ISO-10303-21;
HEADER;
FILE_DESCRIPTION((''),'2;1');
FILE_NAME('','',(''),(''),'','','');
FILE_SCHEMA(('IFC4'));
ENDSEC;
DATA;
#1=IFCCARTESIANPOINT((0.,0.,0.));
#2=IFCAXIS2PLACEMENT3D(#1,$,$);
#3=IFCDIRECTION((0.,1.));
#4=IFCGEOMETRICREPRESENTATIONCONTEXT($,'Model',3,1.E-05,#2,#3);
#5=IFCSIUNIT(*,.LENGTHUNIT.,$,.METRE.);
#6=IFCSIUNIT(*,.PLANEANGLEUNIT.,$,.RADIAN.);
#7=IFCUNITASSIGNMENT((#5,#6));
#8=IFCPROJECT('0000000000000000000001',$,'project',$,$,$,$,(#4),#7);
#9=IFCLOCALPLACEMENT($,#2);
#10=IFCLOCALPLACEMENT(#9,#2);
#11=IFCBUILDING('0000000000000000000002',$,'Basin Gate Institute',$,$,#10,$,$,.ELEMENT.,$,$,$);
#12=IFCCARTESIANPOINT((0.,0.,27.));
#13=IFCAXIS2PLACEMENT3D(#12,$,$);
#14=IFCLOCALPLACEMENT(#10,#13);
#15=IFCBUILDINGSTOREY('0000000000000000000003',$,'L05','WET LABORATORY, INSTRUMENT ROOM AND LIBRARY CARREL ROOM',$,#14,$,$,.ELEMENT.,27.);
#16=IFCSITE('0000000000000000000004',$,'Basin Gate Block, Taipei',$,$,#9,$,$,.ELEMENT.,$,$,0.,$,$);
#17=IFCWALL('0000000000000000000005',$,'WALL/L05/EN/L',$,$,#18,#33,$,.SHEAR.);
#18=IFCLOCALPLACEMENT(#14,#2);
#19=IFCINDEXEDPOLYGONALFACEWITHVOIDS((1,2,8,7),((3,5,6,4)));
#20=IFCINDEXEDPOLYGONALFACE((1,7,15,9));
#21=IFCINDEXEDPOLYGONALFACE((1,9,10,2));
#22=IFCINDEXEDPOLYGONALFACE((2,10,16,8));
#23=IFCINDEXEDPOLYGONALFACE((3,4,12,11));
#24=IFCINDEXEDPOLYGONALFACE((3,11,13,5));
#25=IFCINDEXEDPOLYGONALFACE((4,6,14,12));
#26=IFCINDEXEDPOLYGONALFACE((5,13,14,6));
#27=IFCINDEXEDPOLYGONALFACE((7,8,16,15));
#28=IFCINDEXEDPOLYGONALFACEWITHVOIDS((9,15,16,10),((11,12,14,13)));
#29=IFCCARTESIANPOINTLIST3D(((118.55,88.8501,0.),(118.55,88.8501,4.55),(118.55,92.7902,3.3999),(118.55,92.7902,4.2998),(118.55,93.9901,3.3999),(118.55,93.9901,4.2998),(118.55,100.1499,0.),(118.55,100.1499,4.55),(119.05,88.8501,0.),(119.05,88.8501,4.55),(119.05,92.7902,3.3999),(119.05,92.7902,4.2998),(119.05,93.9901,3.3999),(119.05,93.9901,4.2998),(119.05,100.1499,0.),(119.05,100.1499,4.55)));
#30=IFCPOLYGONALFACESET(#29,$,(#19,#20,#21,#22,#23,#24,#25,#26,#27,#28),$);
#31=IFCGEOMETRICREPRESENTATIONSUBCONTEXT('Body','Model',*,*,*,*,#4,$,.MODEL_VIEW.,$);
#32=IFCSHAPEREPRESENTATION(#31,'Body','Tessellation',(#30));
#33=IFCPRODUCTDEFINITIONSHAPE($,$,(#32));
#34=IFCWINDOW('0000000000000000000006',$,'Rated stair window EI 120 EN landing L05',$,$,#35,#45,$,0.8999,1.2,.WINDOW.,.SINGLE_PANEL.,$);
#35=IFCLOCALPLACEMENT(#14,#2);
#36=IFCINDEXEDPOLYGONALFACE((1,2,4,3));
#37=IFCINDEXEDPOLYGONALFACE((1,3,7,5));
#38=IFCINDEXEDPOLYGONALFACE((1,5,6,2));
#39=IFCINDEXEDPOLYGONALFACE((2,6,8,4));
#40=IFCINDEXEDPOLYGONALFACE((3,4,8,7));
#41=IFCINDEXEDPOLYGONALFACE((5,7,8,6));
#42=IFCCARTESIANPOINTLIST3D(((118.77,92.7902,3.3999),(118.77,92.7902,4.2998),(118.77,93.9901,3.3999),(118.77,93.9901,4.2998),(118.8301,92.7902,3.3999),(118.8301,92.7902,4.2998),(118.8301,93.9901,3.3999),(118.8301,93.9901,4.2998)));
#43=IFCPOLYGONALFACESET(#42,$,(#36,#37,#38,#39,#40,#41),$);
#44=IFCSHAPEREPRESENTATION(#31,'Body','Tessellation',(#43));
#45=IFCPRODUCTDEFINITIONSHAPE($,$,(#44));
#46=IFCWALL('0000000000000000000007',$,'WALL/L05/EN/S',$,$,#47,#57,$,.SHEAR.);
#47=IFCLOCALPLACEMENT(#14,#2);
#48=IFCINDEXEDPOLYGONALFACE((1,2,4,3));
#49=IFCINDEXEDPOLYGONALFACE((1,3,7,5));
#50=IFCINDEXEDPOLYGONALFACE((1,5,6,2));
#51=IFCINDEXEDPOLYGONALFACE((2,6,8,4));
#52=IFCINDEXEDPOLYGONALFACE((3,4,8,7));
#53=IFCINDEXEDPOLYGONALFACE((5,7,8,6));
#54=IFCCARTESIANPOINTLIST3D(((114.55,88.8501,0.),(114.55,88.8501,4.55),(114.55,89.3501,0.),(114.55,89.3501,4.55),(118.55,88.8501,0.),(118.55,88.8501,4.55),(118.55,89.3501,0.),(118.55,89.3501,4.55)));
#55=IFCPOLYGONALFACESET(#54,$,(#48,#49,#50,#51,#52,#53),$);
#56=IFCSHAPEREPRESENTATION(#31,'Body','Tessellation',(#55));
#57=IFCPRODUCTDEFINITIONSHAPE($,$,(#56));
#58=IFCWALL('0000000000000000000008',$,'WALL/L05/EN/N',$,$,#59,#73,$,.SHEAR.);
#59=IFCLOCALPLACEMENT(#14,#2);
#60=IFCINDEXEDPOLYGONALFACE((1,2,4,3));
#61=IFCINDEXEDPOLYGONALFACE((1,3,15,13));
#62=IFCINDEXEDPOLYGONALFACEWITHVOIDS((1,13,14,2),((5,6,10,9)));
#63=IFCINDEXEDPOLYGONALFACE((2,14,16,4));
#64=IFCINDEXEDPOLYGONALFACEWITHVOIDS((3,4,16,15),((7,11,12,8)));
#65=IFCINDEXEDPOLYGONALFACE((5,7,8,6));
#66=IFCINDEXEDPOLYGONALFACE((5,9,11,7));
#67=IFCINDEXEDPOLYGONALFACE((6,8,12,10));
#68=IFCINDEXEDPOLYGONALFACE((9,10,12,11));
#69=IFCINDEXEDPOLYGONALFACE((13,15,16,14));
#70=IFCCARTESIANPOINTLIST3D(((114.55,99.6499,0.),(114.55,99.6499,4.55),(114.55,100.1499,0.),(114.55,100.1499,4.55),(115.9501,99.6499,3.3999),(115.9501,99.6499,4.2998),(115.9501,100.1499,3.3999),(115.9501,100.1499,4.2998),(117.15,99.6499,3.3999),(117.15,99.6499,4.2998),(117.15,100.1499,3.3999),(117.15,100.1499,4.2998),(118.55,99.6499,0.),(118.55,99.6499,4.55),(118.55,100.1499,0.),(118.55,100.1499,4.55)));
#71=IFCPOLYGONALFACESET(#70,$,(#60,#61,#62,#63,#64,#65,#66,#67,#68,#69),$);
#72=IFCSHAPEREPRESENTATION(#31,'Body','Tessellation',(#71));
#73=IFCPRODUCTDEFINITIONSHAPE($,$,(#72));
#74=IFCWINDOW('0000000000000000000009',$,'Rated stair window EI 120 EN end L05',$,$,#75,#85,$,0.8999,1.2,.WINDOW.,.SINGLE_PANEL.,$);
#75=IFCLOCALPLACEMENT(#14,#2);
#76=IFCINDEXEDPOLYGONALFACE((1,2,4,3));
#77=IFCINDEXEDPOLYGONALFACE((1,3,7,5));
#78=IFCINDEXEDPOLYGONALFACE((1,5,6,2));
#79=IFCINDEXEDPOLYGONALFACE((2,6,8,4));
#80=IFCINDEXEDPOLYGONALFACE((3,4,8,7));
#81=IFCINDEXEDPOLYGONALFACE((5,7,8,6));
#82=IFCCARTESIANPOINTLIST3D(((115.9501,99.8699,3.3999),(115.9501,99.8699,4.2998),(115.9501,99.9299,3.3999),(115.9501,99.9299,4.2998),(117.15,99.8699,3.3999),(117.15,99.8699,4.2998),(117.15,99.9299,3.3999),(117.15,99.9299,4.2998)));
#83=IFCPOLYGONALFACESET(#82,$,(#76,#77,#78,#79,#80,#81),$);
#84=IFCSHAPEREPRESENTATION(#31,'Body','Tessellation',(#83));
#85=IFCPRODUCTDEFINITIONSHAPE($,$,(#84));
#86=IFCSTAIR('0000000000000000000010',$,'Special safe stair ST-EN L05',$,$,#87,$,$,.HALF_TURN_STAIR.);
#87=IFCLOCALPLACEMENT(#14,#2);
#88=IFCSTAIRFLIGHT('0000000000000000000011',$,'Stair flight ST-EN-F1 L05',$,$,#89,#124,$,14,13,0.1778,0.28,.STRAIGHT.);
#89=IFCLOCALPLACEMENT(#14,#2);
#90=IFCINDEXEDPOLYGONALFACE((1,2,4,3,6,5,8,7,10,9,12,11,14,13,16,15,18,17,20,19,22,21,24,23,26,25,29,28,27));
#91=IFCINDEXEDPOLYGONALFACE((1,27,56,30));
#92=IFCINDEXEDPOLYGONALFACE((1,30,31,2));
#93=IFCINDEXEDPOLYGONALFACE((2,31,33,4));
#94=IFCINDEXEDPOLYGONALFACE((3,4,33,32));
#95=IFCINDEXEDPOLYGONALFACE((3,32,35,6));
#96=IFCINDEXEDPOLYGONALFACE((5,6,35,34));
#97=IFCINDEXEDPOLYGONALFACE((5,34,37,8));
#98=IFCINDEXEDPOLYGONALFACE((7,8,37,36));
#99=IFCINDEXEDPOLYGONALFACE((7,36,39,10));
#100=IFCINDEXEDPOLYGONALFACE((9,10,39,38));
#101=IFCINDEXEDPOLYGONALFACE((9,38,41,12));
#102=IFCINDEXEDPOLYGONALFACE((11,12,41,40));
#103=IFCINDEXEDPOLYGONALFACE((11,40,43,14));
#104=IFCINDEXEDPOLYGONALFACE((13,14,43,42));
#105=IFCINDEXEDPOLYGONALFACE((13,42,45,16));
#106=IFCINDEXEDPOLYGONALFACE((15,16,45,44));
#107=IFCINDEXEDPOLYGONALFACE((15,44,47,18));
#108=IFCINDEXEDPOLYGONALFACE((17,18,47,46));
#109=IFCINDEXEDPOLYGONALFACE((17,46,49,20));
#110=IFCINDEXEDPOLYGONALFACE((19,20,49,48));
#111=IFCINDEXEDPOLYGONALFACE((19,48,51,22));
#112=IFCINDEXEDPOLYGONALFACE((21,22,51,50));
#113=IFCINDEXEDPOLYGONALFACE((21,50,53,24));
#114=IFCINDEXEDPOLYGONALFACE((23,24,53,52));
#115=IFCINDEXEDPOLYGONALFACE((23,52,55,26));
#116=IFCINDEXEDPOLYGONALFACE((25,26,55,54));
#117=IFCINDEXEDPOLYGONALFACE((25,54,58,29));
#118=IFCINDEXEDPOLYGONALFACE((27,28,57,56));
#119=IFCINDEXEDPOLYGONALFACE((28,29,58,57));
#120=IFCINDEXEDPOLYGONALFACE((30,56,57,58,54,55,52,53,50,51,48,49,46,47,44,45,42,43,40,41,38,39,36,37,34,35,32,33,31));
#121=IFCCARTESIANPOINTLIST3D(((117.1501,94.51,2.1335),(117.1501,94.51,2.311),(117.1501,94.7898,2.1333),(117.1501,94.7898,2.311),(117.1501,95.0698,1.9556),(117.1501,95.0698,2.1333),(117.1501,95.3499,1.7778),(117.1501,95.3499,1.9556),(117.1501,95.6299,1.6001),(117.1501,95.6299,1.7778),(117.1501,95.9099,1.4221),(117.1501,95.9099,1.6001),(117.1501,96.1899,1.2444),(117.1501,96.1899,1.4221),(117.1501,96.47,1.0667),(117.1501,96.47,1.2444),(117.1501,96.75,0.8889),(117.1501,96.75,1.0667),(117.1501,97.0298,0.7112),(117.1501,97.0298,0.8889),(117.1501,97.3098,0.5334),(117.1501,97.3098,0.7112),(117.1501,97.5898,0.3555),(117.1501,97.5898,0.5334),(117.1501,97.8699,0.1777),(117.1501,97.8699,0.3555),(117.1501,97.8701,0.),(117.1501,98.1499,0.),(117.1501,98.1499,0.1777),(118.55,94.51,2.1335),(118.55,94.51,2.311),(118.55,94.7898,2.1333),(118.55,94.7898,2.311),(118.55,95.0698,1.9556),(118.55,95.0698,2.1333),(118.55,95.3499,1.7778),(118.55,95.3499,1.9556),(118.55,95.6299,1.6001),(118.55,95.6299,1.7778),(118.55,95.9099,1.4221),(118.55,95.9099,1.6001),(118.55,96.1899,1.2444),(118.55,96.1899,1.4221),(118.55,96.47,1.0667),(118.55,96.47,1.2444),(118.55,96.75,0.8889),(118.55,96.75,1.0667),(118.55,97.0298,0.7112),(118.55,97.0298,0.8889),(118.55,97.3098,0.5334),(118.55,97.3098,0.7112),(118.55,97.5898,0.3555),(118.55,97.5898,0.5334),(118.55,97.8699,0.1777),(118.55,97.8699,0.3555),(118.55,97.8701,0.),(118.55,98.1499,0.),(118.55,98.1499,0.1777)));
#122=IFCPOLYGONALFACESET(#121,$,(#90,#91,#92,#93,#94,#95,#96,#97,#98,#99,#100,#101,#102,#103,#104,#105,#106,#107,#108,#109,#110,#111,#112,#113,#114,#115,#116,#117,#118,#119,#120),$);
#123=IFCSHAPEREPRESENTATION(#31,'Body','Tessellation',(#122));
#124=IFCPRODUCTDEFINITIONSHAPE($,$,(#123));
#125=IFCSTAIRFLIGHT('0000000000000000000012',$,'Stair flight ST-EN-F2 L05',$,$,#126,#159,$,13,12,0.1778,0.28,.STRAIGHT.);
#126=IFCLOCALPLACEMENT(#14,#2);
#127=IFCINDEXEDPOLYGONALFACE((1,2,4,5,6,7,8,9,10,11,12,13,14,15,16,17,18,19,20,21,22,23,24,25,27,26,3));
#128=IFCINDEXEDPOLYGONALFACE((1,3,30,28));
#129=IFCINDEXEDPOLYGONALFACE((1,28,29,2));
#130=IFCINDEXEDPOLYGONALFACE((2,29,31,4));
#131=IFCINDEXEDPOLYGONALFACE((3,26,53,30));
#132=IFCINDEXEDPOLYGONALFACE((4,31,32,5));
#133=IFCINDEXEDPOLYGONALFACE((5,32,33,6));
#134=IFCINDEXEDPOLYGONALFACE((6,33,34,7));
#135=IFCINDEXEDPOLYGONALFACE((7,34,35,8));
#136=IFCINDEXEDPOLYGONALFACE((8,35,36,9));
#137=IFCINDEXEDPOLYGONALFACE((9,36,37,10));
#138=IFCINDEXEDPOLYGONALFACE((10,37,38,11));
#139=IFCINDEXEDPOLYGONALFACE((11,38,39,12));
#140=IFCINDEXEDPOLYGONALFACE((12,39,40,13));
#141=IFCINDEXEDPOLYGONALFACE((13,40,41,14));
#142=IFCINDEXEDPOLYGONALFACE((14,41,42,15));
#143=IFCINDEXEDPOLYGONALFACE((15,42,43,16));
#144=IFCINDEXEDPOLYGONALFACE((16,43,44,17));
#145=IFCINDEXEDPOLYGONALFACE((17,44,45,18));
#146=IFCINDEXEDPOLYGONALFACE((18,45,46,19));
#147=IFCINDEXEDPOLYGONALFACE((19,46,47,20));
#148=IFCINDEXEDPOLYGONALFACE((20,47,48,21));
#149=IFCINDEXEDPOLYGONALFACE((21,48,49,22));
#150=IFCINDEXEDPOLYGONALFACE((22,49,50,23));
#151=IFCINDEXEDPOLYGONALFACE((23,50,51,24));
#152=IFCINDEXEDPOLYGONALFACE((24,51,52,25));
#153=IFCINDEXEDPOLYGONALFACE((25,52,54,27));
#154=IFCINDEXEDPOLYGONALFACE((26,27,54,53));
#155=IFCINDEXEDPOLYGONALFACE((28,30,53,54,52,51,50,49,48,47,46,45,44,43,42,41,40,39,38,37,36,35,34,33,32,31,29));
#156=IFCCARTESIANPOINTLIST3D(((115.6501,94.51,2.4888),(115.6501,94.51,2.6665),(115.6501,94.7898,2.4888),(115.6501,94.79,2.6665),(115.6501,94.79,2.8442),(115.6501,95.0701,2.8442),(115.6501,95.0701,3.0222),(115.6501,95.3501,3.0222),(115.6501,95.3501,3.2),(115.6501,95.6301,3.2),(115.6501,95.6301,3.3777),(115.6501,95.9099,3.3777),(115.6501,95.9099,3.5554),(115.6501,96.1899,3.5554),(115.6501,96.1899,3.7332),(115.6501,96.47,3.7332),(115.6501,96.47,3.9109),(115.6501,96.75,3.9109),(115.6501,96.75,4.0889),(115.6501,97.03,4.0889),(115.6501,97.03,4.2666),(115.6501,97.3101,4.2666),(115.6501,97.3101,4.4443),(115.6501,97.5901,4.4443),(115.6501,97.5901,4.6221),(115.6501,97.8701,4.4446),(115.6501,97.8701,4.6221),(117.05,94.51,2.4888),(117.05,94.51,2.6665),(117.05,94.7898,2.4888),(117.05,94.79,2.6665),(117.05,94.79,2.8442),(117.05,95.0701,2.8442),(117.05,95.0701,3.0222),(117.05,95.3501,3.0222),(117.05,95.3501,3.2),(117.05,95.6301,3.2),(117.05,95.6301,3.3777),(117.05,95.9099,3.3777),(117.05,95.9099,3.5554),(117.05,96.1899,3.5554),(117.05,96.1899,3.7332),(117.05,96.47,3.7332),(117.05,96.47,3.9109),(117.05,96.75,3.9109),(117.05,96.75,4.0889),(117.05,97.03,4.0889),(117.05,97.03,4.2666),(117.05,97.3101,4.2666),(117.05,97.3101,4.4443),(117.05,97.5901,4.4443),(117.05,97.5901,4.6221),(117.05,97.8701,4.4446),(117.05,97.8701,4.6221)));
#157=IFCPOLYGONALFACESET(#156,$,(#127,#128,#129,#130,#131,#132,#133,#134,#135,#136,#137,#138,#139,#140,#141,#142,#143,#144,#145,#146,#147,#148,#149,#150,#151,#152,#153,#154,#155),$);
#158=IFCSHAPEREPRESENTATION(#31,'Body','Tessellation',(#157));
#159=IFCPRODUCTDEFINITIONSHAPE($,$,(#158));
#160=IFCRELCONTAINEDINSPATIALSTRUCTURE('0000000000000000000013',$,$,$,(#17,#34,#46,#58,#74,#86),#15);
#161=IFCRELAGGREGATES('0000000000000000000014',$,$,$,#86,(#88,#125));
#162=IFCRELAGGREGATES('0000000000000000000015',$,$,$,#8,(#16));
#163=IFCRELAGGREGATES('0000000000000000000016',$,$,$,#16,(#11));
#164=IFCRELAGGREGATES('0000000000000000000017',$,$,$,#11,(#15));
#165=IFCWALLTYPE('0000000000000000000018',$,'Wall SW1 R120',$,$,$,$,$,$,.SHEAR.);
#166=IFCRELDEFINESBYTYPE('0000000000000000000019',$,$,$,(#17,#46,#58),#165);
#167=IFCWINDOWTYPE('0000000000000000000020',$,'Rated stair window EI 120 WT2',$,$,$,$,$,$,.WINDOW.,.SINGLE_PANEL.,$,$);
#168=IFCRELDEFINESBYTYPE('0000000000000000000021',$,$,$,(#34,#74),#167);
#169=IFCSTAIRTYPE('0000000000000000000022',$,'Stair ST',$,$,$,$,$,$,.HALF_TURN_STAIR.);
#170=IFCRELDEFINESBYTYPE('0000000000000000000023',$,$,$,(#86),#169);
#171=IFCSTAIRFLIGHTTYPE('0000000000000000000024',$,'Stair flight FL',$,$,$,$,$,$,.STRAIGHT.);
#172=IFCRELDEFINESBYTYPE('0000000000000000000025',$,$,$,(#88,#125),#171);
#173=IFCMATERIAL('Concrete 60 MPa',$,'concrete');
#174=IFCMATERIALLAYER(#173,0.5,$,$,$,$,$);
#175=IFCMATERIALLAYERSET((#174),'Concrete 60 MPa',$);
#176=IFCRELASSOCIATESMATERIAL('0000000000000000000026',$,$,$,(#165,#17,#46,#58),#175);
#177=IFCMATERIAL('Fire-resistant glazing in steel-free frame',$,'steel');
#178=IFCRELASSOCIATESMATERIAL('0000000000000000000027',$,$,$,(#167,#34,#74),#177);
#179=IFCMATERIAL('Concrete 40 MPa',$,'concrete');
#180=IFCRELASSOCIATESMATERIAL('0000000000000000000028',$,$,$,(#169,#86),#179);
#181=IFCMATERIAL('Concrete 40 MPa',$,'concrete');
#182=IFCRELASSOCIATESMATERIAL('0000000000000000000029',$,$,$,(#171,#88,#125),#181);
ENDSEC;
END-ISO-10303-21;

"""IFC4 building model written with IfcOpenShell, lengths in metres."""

from ifc_helpers import new_model, si_unit, direction, frame, frame_2d, origin, place, context, subcontext, project, spatial, polyline, rectangle, outline, extrude, material, layer, layer_set, type_object, element, fill, aggregate, save


model = new_model("IFC4")

# Units and contexts
model_context = context("Model", 3, precision=1e-05, world=origin(), true_north=direction((0.0, 1.0)))
body_context = subcontext(model_context, "Body", "Model", "MODEL_VIEW")
ifc_project = project(units=[si_unit("LENGTHUNIT", "METRE"), si_unit("PLANEANGLEUNIT", "RADIAN")], contexts=[model_context])

# Site, building, storey
site_placement = place(None, origin())
site = spatial("IfcSite", under=ifc_project, at=site_placement, Name="Basin Gate Block, Taipei", CompositionType="ELEMENT", RefElevation=0.0)
building_placement = place(site_placement, origin())
building = spatial("IfcBuilding", under=site, at=building_placement, Name="Basin Gate Institute", CompositionType="ELEMENT")
storey_placement = place(building_placement, frame((0.0, 0.0, 27.0)))
storey = spatial("IfcBuildingStorey", under=building, at=storey_placement, Name="L05", Description="WET LABORATORY, INSTRUMENT ROOM AND LIBRARY CARREL ROOM", CompositionType="ELEMENT", Elevation=27.0)

# Wall, opening, window
ifc_material_1 = material(Name="Concrete 60 MPa", Category="concrete")
ifc_layer_1 = layer(ifc_material_1, 0.5)
ifc_layer_set_1 = layer_set([ifc_layer_1], Name="Concrete 60 MPa")
wall_type_1 = type_object("IfcWallType", Name="Wall SW1 R120", PredefinedType="SHEAR", material=ifc_layer_set_1)
wall_1_placement = place(storey_placement, frame((118.8, 88.8501, 0.0), z_axis=(0.0, 0.0, 1.0), x_axis=(0.0, 1.0, 0.0)))
wall_1 = element("IfcWall", 1, at=wall_1_placement, inside=storey, type_object=wall_type_1, material=ifc_layer_set_1, Name="WALL/L05/EN/L", PredefinedType="SHEAR", context=body_context, shape_type="SweptSolid", body=[
    extrude(rectangle(XDim=11.2998, YDim=0.5, at=frame_2d((5.6499, 0.0))), origin(), (0.0, 0.0, 1.0), 4.55),
])
opening_1_placement = place(wall_1_placement, frame((3.9399, 0.0, 3.3999)))
opening_1 = element("IfcOpeningElement", 2, at=opening_1_placement, cuts=wall_1, PredefinedType="OPENING", context=body_context, shape_type="SweptSolid", body=[
    extrude(rectangle(XDim=1.2, YDim=0.8999, at=frame_2d((0.6001, 0.45))), frame((0.0, 0.26, 0.0), z_axis=(0.0, -1.0, 0.0), x_axis=(1.0, 0.0, 0.0)), (0.0, 0.0, 1.0), 0.52),
])
ifc_material_2 = material(Name="Fire-resistant glazing in steel-free frame", Category="steel")
window_type = type_object("IfcWindowType", Name="Rated stair window EI 120 WT2", PartitioningType="SINGLE_PANEL", PredefinedType="WINDOW", material=ifc_material_2)
window_1_placement = place(opening_1_placement, origin())
window_1 = element("IfcWindow", 3, at=window_1_placement, inside=storey, type_object=window_type, material=ifc_material_2, Name="Rated stair window EI 120 EN landing L05", OverallHeight=0.8999, OverallWidth=1.2, PartitioningType="SINGLE_PANEL", PredefinedType="WINDOW", context=body_context, shape_type="SweptSolid", body=[
    extrude(rectangle(XDim=1.2, YDim=0.8999, at=frame_2d((0.6001, 0.45))), frame((0.0, 0.03, 0.0), z_axis=(0.0, -1.0, 0.0), x_axis=(1.0, 0.0, 0.0)), (0.0, 0.0, 1.0), 0.0601),
])
fill(opening_1, window_1)

# Wall
wall_2_placement = place(storey_placement, frame((118.55, 89.1001, 0.0), z_axis=(0.0, 0.0, 1.0), x_axis=(-1.0, 0.0, 0.0)))
element("IfcWall", 4, at=wall_2_placement, inside=storey, type_object=wall_type_1, material=ifc_layer_set_1, Name="WALL/L05/EN/S", PredefinedType="SHEAR", context=body_context, shape_type="SweptSolid", body=[
    extrude(rectangle(XDim=4.0, YDim=0.5, at=frame_2d((2.0, 0.0))), origin(), (0.0, 0.0, 1.0), 4.55),
])

# Wall, opening, window
wall_3_placement = place(storey_placement, frame((118.55, 99.8999, 0.0), z_axis=(0.0, 0.0, 1.0), x_axis=(-1.0, 0.0, 0.0)))
wall_3 = element("IfcWall", 5, at=wall_3_placement, inside=storey, type_object=wall_type_1, material=ifc_layer_set_1, Name="WALL/L05/EN/N", PredefinedType="SHEAR", context=body_context, shape_type="SweptSolid", body=[
    extrude(rectangle(XDim=4.0, YDim=0.5, at=frame_2d((2.0, 0.0))), origin(), (0.0, 0.0, 1.0), 4.55),
])
opening_2_placement = place(wall_3_placement, frame((1.3999, 0.0, 3.3999)))
opening_2 = element("IfcOpeningElement", 6, at=opening_2_placement, cuts=wall_3, PredefinedType="OPENING", context=body_context, shape_type="SweptSolid", body=[
    extrude(rectangle(XDim=1.2, YDim=0.8999, at=frame_2d((0.6001, 0.45))), frame((0.0, 0.26, 0.0), z_axis=(0.0, -1.0, 0.0), x_axis=(1.0, 0.0, 0.0)), (0.0, 0.0, 1.0), 0.52),
])
window_2_placement = place(opening_2_placement, origin())
window_2 = element("IfcWindow", 7, at=window_2_placement, inside=storey, type_object=window_type, material=ifc_material_2, Name="Rated stair window EI 120 EN end L05", OverallHeight=0.8999, OverallWidth=1.2, PartitioningType="SINGLE_PANEL", PredefinedType="WINDOW", context=body_context, shape_type="SweptSolid", body=[
    extrude(rectangle(XDim=1.2, YDim=0.8999, at=frame_2d((0.6001, 0.45))), frame((0.0, 0.03, 0.0), z_axis=(0.0, -1.0, 0.0), x_axis=(1.0, 0.0, 0.0)), (0.0, 0.0, 1.0), 0.0601),
])
fill(opening_2, window_2)

# Stair, stair flights
ifc_material_3 = material(Name="Concrete 40 MPa", Category="concrete")
stair_type = type_object("IfcStairType", Name="Stair ST", PredefinedType="HALF_TURN_STAIR", material=ifc_material_3)
stair_placement = place(storey_placement, origin())
stair = element("IfcStair", 8, at=stair_placement, inside=storey, type_object=stair_type, material=ifc_material_3, Name="Special safe stair ST-EN L05", PredefinedType="HALF_TURN_STAIR")
ifc_material_4 = material(Name="Concrete 40 MPa", Category="concrete")
stair_flight_type = type_object("IfcStairFlightType", Name="Stair flight FL", PredefinedType="STRAIGHT", material=ifc_material_4)
stair_flight_1_placement = place(storey_placement, frame((117.8501, 98.1499, 0.0), z_axis=(0.0, 0.0, 1.0), x_axis=(0.0, -1.0, 0.0)))
stair_flight_1 = element("IfcStairFlight", 9, at=stair_flight_1_placement, type_object=stair_flight_type, material=ifc_material_4, Name="Stair flight ST-EN-F1 L05", NumberOfRisers=14, NumberOfTreads=13, PredefinedType="STRAIGHT", RiserHeight=0.1778, TreadLength=0.28, context=body_context, shape_type="SweptSolid", body=[
    extrude(outline(polyline([(0.0, 0.0), (0.0, 0.1777), (0.28, 0.1777), (0.28, 0.3555), (0.5601, 0.3555), (0.5601, 0.5334), (0.8401, 0.5334), (0.8401, 0.7112), (1.1201, 0.7112), (1.1201, 0.8889), (1.3999, 0.8889), (1.3999, 1.0667), (1.6799, 1.0667), (1.6799, 1.2444), (1.96, 1.2444), (1.96, 1.4221), (2.24, 1.4221), (2.24, 1.6001), (2.52, 1.6001), (2.52, 1.7778), (2.8, 1.7778), (2.8, 1.9556), (3.0801, 1.9556), (3.0801, 2.1333), (3.3601, 2.1333), (3.3601, 2.311), (3.6399, 2.311), (3.6399, 2.4888), (3.6399, 2.1335), (0.2798, 0.0), (0.0, 0.0)])), frame((0.0, 0.7, 0.0), z_axis=(0.0, -1.0, 0.0), x_axis=(1.0, 0.0, 0.0)), (0.0, 0.0, 1.0), 1.3999),
])
stair_flight_2_placement = place(storey_placement, frame((116.3501, 94.51, 2.4888), z_axis=(0.0, 0.0, 1.0), x_axis=(0.0, 1.0, 0.0)))
stair_flight_2 = element("IfcStairFlight", 10, at=stair_flight_2_placement, type_object=stair_flight_type, material=ifc_material_4, Name="Stair flight ST-EN-F2 L05", NumberOfRisers=13, NumberOfTreads=12, PredefinedType="STRAIGHT", RiserHeight=0.1778, TreadLength=0.28, context=body_context, shape_type="SweptSolid", body=[
    extrude(outline(polyline([(0.0, 0.0), (0.0, 0.1777), (0.28, 0.1777), (0.28, 0.3555), (0.5601, 0.3555), (0.5601, 0.5334), (0.8401, 0.5334), (0.8401, 0.7112), (1.1201, 0.7112), (1.1201, 0.8889), (1.3999, 0.8889), (1.3999, 1.0667), (1.6799, 1.0667), (1.6799, 1.2444), (1.96, 1.2444), (1.96, 1.4221), (2.24, 1.4221), (2.24, 1.6001), (2.52, 1.6001), (2.52, 1.7778), (2.8, 1.7778), (2.8, 1.9556), (3.0801, 1.9556), (3.0801, 2.1333), (3.3601, 2.1333), (3.3601, 2.311), (3.3601, 1.9558), (0.2798, 0.0), (0.0, 0.0)])), frame((0.0, 0.7, 0.0), z_axis=(0.0, -1.0, 0.0), x_axis=(1.0, 0.0, 0.0)), (0.0, 0.0, 1.0), 1.3999),
])
aggregate(stair, [stair_flight_1, stair_flight_2])

save(model, "model.ifc")
